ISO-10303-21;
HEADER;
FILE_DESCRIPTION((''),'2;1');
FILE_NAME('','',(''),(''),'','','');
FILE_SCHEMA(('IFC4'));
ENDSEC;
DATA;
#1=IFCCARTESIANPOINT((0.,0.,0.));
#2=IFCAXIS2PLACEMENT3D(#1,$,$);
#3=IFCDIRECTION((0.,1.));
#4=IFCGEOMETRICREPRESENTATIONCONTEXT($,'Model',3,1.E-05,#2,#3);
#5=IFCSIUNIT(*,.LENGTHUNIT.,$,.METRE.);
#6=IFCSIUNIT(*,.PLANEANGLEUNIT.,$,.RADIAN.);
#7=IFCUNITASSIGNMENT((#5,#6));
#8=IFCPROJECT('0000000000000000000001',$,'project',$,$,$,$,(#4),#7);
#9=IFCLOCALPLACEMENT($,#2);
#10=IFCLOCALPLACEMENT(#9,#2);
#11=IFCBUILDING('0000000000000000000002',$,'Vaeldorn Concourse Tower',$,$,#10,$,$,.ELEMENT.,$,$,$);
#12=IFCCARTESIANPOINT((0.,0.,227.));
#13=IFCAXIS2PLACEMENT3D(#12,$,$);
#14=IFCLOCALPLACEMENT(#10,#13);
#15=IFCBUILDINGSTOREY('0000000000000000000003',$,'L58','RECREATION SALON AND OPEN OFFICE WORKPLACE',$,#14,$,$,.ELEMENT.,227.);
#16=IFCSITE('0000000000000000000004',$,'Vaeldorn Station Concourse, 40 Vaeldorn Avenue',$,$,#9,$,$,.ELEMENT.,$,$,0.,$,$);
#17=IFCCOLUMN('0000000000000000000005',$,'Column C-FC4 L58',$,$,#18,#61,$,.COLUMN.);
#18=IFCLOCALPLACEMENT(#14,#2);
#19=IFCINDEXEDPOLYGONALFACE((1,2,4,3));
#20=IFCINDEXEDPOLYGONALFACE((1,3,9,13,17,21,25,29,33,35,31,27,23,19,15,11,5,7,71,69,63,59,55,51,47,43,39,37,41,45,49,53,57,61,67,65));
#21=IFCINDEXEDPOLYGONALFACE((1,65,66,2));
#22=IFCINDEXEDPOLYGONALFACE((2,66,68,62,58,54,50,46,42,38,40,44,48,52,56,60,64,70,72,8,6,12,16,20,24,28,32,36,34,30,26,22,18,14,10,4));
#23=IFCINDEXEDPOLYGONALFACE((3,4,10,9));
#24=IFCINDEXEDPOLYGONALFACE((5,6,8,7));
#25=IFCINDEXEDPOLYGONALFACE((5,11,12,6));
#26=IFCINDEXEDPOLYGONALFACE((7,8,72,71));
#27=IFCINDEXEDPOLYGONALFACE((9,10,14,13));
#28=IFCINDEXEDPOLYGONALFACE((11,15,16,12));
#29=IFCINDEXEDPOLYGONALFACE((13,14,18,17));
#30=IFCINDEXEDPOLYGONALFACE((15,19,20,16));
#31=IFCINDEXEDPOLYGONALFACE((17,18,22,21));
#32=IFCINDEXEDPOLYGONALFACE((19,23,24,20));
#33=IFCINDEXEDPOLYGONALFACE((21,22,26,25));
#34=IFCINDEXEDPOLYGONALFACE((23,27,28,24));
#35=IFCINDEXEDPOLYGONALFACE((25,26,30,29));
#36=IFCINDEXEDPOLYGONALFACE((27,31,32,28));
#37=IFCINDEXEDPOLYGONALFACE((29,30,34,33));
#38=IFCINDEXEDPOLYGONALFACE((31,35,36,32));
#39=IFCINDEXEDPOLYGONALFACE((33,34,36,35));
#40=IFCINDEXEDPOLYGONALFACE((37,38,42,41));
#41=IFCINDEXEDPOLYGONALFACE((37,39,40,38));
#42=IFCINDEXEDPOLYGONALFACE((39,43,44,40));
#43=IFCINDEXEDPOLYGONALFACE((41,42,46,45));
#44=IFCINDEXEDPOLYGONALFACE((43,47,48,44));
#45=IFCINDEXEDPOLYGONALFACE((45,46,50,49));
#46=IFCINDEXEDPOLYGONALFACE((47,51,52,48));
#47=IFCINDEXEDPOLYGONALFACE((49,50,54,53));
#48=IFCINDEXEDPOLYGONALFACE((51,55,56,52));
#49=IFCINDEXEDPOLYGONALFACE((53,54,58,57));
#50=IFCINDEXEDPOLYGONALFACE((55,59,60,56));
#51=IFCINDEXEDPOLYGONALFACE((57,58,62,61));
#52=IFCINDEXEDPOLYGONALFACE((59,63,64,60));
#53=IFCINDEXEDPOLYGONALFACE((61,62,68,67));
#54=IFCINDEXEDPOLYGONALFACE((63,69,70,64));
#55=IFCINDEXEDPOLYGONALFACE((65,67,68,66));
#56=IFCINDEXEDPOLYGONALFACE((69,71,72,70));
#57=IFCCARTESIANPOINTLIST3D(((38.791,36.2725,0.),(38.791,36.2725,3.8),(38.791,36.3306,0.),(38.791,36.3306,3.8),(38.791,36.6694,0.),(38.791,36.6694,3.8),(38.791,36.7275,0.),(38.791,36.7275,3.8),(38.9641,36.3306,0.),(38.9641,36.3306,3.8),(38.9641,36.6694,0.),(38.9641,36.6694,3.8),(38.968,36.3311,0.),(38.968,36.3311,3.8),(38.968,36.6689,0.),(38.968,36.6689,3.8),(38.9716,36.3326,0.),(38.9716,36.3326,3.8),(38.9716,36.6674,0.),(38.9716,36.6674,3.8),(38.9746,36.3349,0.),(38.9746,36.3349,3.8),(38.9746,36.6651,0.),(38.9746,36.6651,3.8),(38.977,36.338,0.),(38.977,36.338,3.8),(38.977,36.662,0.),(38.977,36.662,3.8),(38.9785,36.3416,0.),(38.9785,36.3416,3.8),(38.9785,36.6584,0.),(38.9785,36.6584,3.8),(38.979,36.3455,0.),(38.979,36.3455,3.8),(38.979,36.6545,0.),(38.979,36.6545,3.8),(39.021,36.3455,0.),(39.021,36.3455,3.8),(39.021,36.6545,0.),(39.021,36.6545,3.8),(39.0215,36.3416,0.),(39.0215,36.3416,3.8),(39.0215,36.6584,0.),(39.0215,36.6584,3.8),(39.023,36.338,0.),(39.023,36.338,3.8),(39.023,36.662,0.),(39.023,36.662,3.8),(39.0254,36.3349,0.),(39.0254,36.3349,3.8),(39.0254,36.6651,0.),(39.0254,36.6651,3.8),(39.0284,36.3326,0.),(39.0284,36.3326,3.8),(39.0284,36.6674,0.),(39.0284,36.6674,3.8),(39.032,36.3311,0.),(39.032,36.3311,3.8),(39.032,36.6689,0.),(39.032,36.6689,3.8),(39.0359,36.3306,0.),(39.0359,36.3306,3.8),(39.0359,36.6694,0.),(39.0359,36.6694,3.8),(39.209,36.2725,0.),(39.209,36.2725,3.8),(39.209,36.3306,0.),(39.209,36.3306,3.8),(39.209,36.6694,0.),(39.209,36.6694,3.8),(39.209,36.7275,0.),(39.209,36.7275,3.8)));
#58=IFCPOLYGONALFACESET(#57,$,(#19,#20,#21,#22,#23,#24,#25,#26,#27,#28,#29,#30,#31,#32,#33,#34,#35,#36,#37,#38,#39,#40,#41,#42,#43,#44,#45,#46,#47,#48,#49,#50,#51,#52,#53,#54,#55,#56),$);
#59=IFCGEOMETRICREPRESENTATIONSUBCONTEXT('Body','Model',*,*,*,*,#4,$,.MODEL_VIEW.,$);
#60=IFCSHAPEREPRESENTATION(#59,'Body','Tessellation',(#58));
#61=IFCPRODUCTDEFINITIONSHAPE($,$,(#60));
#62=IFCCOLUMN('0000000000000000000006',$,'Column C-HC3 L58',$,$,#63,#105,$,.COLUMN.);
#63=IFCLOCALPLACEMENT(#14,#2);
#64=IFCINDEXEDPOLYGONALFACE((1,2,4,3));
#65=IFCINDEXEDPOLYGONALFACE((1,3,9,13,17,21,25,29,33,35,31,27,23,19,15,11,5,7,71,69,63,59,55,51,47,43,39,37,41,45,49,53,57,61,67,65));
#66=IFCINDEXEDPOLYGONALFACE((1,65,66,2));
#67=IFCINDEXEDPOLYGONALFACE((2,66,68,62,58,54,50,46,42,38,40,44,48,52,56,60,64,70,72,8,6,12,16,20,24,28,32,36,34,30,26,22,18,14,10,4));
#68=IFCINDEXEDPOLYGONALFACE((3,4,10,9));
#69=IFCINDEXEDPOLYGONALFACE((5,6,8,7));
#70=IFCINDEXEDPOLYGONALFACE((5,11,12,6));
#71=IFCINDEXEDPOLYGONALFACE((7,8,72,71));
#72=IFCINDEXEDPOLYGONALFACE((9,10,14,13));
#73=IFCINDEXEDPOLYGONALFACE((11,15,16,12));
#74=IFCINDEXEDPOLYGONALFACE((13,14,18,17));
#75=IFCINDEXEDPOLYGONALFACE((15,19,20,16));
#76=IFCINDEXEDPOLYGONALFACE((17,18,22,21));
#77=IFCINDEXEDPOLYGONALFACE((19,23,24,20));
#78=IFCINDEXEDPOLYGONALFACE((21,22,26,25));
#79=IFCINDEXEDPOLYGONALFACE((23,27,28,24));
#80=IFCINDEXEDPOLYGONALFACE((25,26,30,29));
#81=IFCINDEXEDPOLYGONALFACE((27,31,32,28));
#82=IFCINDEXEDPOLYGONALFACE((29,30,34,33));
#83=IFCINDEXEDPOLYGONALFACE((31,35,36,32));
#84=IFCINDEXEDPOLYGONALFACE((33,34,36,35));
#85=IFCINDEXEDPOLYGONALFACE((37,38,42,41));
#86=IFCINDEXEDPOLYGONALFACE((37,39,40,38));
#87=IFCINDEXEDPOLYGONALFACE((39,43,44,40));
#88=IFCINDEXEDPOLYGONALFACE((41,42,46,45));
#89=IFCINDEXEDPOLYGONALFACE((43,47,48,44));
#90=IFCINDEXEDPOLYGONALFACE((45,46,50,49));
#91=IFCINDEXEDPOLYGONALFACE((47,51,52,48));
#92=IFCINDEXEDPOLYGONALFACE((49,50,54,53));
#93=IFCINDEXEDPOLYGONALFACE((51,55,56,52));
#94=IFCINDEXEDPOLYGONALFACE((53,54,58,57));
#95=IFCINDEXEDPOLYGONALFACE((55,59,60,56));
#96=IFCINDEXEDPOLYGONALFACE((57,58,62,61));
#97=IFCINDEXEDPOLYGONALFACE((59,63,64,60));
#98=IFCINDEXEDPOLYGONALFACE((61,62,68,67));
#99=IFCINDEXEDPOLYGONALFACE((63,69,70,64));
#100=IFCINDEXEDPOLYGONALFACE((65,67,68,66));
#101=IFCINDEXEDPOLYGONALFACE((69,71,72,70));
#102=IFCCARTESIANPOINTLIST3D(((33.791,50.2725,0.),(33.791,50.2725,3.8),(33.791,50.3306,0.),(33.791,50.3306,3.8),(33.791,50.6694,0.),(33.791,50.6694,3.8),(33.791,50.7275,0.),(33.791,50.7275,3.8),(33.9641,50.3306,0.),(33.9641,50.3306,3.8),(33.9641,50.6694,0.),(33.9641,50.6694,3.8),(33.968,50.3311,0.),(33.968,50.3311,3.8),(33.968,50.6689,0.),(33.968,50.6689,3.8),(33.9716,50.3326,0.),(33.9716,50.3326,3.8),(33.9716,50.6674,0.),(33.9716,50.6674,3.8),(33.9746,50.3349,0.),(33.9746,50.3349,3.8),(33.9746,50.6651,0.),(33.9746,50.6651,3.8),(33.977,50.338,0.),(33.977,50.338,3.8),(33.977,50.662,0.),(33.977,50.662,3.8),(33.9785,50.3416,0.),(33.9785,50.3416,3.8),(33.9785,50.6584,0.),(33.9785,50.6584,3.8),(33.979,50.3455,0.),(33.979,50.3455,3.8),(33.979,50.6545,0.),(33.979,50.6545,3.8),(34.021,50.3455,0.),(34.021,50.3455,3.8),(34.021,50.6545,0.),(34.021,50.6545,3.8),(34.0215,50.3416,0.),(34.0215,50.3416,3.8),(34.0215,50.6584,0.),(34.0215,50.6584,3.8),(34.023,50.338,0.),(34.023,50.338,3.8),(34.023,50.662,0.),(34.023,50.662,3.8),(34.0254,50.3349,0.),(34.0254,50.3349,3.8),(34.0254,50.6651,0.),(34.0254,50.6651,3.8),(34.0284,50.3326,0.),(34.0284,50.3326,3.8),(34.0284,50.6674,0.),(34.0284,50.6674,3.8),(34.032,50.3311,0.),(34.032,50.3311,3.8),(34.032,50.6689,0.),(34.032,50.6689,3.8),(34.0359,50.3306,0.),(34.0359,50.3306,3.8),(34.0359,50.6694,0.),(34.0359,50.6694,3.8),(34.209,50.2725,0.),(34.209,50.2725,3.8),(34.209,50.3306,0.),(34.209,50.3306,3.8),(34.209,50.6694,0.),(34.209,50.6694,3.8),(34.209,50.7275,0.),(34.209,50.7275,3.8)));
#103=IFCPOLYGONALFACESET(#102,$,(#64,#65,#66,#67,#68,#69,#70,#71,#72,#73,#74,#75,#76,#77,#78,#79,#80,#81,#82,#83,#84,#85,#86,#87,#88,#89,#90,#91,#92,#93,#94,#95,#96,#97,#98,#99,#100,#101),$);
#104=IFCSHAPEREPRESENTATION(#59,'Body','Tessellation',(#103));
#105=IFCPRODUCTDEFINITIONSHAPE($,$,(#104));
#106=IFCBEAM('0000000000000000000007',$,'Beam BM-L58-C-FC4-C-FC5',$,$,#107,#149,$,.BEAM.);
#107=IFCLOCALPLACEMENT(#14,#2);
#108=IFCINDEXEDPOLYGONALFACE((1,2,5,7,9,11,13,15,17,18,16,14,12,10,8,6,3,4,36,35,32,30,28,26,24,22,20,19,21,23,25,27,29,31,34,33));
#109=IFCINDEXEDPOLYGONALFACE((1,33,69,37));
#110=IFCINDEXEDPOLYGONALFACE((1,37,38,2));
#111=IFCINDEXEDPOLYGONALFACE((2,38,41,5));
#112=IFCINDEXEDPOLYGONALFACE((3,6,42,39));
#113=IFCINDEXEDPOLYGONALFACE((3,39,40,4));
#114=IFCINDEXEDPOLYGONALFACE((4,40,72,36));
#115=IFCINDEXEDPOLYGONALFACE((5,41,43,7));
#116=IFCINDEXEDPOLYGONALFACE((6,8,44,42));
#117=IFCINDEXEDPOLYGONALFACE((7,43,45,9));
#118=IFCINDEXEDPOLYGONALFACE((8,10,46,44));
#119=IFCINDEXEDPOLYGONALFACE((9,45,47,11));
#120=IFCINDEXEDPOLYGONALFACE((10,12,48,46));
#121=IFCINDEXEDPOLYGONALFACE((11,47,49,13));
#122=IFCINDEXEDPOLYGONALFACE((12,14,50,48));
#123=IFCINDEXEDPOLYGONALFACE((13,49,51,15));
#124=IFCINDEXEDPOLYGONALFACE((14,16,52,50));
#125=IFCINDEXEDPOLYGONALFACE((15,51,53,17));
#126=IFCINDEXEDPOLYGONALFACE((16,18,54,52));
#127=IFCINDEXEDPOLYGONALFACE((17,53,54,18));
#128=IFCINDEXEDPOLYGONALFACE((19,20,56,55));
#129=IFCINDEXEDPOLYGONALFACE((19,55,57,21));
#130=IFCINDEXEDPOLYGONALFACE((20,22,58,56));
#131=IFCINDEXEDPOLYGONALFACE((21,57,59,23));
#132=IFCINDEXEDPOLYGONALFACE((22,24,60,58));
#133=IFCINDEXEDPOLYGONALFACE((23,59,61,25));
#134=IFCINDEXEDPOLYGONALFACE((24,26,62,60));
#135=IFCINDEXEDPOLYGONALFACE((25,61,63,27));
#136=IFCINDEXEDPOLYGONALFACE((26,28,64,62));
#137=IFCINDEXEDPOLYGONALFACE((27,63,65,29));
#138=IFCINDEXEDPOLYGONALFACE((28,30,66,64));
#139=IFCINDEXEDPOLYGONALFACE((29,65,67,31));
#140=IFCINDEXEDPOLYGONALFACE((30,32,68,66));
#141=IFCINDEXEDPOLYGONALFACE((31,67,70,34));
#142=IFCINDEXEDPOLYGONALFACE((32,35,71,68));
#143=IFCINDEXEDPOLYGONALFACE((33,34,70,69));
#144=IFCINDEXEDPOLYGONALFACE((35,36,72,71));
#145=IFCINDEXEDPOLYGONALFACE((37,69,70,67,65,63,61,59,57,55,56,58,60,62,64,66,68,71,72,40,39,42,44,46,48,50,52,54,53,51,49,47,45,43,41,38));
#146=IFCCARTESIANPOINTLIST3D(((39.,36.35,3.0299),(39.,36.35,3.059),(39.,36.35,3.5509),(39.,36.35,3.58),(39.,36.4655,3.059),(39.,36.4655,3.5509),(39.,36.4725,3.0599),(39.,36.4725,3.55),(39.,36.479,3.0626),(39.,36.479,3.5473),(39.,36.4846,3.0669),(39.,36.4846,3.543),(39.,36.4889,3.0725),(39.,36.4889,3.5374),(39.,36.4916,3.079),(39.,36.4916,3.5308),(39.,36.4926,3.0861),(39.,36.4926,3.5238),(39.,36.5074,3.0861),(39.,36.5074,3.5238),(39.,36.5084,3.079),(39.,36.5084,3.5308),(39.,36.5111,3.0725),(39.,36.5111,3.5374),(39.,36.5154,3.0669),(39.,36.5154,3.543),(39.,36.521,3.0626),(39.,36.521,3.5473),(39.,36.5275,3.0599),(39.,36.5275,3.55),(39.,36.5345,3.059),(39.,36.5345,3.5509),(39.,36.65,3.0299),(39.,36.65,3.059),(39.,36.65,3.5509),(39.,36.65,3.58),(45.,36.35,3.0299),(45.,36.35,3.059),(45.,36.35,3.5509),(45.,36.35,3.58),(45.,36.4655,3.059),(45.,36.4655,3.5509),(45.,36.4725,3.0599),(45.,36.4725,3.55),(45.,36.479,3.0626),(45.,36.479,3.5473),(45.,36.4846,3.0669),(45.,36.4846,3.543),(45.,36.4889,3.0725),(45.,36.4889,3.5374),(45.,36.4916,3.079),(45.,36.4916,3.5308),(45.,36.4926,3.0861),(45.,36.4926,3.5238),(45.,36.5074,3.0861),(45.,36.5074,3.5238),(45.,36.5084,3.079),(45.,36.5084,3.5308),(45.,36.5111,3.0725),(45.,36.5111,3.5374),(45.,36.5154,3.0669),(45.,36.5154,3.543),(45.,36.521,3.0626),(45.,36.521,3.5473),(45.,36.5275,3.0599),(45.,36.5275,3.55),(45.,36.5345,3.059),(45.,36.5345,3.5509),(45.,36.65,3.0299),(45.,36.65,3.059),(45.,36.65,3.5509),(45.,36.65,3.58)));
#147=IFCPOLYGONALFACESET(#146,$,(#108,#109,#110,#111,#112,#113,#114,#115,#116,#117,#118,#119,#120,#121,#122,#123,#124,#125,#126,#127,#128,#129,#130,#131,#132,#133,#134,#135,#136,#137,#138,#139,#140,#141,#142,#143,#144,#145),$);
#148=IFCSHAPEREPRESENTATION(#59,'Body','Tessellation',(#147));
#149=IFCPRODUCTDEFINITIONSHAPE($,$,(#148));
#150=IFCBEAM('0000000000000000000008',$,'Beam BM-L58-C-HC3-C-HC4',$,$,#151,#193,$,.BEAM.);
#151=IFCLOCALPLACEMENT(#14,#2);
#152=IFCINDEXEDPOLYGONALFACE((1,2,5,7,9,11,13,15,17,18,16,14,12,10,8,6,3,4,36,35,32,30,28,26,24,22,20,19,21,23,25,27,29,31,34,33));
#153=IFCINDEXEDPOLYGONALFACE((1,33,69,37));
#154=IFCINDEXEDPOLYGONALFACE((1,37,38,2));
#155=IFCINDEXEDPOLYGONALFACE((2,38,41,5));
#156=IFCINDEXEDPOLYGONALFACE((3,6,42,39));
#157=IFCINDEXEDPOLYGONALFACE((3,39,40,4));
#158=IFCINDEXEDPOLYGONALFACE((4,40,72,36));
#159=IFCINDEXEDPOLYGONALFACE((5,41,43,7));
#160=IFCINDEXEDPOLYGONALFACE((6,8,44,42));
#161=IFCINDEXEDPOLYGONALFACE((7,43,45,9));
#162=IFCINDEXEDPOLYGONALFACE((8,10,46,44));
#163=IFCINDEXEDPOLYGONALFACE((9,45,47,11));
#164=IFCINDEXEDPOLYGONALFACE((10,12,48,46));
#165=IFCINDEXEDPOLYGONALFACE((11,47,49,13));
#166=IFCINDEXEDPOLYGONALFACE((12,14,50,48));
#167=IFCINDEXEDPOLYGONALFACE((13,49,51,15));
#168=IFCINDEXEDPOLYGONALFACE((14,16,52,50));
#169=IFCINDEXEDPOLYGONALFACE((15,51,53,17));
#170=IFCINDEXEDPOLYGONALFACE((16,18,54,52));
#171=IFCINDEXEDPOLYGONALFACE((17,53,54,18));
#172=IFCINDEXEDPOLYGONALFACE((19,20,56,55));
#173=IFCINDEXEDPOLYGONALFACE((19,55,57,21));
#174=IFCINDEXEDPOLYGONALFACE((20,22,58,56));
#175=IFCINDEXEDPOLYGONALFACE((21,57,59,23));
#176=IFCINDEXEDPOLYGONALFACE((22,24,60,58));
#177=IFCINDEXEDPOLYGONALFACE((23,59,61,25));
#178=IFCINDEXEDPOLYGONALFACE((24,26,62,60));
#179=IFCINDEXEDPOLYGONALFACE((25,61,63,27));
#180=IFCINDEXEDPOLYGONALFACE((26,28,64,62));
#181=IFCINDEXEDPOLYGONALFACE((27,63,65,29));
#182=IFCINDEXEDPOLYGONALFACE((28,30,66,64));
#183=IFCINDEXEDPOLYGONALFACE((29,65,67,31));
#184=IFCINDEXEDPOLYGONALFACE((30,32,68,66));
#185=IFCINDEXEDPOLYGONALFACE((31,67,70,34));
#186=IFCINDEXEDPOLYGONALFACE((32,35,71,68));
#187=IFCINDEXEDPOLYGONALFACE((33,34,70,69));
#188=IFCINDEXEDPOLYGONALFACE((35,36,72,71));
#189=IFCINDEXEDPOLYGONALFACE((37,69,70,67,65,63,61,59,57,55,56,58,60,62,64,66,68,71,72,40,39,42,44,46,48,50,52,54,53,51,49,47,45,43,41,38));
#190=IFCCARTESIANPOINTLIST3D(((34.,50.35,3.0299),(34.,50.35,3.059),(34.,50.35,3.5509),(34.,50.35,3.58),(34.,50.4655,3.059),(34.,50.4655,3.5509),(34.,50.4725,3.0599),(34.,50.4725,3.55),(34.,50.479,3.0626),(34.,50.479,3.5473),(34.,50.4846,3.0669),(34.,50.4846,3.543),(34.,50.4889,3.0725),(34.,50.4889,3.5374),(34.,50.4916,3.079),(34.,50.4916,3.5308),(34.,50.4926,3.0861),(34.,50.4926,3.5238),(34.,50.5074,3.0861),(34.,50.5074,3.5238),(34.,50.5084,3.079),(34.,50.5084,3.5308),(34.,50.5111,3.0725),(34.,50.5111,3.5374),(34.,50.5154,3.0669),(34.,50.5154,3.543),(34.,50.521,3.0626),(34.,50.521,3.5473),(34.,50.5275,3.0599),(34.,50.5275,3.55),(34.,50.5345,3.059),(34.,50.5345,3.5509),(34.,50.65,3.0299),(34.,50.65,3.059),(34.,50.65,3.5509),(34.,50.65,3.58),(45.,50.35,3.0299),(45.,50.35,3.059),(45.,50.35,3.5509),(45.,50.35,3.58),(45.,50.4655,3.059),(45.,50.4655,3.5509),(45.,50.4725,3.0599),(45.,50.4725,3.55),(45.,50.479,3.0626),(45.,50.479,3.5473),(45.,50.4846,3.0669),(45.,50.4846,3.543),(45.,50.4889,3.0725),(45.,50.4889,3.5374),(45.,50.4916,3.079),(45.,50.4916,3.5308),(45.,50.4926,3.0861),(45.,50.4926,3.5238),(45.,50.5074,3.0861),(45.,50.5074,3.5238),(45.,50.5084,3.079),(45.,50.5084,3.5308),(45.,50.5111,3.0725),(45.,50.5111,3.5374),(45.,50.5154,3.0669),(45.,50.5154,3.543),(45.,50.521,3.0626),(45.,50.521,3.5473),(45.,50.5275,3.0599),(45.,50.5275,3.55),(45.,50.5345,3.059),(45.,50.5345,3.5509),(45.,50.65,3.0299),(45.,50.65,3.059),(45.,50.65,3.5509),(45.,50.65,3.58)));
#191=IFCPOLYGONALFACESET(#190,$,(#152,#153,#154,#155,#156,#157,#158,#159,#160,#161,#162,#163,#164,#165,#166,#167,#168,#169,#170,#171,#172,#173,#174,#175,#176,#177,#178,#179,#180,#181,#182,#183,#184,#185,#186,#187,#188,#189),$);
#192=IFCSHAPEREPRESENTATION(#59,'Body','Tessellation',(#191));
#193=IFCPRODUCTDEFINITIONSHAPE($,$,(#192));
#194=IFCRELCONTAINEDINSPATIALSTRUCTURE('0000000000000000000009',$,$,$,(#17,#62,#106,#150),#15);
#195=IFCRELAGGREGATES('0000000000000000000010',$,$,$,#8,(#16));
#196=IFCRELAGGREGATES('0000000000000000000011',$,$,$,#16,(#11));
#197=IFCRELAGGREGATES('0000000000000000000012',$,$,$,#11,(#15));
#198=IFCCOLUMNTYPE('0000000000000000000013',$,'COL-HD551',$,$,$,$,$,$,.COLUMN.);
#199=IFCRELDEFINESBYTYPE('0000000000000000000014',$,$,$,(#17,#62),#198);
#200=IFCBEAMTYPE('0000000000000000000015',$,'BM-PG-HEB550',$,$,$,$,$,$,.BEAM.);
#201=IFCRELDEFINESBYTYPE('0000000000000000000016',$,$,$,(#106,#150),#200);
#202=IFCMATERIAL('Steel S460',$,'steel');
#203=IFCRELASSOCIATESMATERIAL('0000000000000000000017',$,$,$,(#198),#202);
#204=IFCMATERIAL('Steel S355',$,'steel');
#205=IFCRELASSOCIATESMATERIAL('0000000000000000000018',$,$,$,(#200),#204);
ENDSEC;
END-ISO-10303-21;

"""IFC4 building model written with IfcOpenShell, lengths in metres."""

from ifc_helpers import new_model, si_unit, direction, frame, origin, origin_2d, place, context, subcontext, project, spatial, i_section, extrude, source, transform, mapped, material, material_profile, profile_set, type_object, element, save


model = new_model("IFC4")

# Units and contexts
model_context = context("Model", 3, precision=1e-05, world=origin(), true_north=direction((0.0, 1.0)))
body_context = subcontext(model_context, "Body", "Model", "MODEL_VIEW")
ifc_project = project(units=[si_unit("LENGTHUNIT", "METRE"), si_unit("PLANEANGLEUNIT", "RADIAN")], contexts=[model_context])

# Site, building, storey
site_placement = place(None, origin())
site = spatial("IfcSite", under=ifc_project, at=site_placement, Name="Vaeldorn Station Concourse, 40 Vaeldorn Avenue", CompositionType="ELEMENT", RefElevation=0.0)
building_placement = place(site_placement, origin())
building = spatial("IfcBuilding", under=site, at=building_placement, Name="Vaeldorn Concourse Tower", CompositionType="ELEMENT")
storey_placement = place(building_placement, frame((0.0, 0.0, 227.0)))
storey = spatial("IfcBuildingStorey", under=building, at=storey_placement, Name="L58", Description="RECREATION SALON AND OPEN OFFICE WORKPLACE", CompositionType="ELEMENT", Elevation=227.0)

# Columns
ifc_material_1 = material(Name="Steel S460", Category="steel")
ifc_material_profile_1 = material_profile(ifc_material_1, i_section(OverallWidth=0.418, OverallDepth=0.4551, WebThickness=0.042, FlangeThickness=0.0581, FilletRadius=0.0149, at=origin_2d()), Name="HD 400x551")
ifc_profile_set_1 = profile_set([ifc_material_profile_1], Name="Steel S460")
column_type = type_object("IfcColumnType", Name="COL-HD551", PredefinedType="COLUMN", material=ifc_profile_set_1)
shared_shape_1 = source(origin(), body_context, "Body", "SweptSolid", [
    extrude(i_section(OverallWidth=0.418, OverallDepth=0.4551, WebThickness=0.042, FlangeThickness=0.0581, FilletRadius=0.0149, at=origin_2d()), origin(), (0.0, 0.0, 1.0), 3.8),
])
for number, where, z_axis, x_axis, name in (
    (1, (39.0, 36.5, 0.0), (0.0, 0.0, 1.0), (1.0, 0.0, 0.0), "Column C-FC4 L58"),
    (2, (34.0, 50.5, 0.0), (0.0, 0.0, 1.0), (1.0, 0.0, 0.0), "Column C-HC3 L58"),
):
    element("IfcColumn", number, at=place(storey_placement, frame(where, z_axis=z_axis, x_axis=x_axis)), inside=storey, type_object=column_type, Name=name, PredefinedType="COLUMN", context=body_context, shape_type="MappedRepresentation", body=[
        mapped(shared_shape_1, transform((0.0, 0.0, 0.0), scale=1.0)),
    ])

# Beams
ifc_material_2 = material(Name="Steel S355", Category="steel")
ifc_material_profile_2 = material_profile(ifc_material_2, i_section(OverallWidth=0.3, OverallDepth=0.55, WebThickness=0.0149, FlangeThickness=0.0291, FilletRadius=0.0271, at=origin_2d()), Name="HEB 550")
ifc_profile_set_2 = profile_set([ifc_material_profile_2], Name="Steel S355")
beam_type = type_object("IfcBeamType", Name="BM-PG-HEB550", PredefinedType="BEAM", material=ifc_profile_set_2)
shared_shape_2 = source(origin(), body_context, "Body", "SweptSolid", [
    extrude(i_section(OverallWidth=0.3, OverallDepth=0.55, WebThickness=0.0149, FlangeThickness=0.0291, FilletRadius=0.0271, at=origin_2d()), origin(), (0.0, 0.0, 1.0), 6.0),
])
beam_1_placement = place(storey_placement, frame((39.0, 36.5, 3.3049), z_axis=(1.0, 0.0, 0.0), x_axis=(0.0, 1.0, 0.0)))
element("IfcBeam", 3, at=beam_1_placement, inside=storey, type_object=beam_type, Name="Beam BM-L58-C-FC4-C-FC5", PredefinedType="BEAM", context=body_context, shape_type="MappedRepresentation", body=[
    mapped(shared_shape_2, transform((0.0, 0.0, 0.0), scale=1.0)),
])
shared_shape_3 = source(origin(), body_context, "Body", "SweptSolid", [
    extrude(i_section(OverallWidth=0.3, OverallDepth=0.55, WebThickness=0.0149, FlangeThickness=0.0291, FilletRadius=0.0271, at=origin_2d()), origin(), (0.0, 0.0, 1.0), 11.0),
])
beam_2_placement = place(storey_placement, frame((34.0, 50.5, 3.3049), z_axis=(1.0, 0.0, 0.0), x_axis=(0.0, 1.0, 0.0)))
element("IfcBeam", 4, at=beam_2_placement, inside=storey, type_object=beam_type, Name="Beam BM-L58-C-HC3-C-HC4", PredefinedType="BEAM", context=body_context, shape_type="MappedRepresentation", body=[
    mapped(shared_shape_3, transform((0.0, 0.0, 0.0), scale=1.0)),
])

save(model, "model.ifc")
